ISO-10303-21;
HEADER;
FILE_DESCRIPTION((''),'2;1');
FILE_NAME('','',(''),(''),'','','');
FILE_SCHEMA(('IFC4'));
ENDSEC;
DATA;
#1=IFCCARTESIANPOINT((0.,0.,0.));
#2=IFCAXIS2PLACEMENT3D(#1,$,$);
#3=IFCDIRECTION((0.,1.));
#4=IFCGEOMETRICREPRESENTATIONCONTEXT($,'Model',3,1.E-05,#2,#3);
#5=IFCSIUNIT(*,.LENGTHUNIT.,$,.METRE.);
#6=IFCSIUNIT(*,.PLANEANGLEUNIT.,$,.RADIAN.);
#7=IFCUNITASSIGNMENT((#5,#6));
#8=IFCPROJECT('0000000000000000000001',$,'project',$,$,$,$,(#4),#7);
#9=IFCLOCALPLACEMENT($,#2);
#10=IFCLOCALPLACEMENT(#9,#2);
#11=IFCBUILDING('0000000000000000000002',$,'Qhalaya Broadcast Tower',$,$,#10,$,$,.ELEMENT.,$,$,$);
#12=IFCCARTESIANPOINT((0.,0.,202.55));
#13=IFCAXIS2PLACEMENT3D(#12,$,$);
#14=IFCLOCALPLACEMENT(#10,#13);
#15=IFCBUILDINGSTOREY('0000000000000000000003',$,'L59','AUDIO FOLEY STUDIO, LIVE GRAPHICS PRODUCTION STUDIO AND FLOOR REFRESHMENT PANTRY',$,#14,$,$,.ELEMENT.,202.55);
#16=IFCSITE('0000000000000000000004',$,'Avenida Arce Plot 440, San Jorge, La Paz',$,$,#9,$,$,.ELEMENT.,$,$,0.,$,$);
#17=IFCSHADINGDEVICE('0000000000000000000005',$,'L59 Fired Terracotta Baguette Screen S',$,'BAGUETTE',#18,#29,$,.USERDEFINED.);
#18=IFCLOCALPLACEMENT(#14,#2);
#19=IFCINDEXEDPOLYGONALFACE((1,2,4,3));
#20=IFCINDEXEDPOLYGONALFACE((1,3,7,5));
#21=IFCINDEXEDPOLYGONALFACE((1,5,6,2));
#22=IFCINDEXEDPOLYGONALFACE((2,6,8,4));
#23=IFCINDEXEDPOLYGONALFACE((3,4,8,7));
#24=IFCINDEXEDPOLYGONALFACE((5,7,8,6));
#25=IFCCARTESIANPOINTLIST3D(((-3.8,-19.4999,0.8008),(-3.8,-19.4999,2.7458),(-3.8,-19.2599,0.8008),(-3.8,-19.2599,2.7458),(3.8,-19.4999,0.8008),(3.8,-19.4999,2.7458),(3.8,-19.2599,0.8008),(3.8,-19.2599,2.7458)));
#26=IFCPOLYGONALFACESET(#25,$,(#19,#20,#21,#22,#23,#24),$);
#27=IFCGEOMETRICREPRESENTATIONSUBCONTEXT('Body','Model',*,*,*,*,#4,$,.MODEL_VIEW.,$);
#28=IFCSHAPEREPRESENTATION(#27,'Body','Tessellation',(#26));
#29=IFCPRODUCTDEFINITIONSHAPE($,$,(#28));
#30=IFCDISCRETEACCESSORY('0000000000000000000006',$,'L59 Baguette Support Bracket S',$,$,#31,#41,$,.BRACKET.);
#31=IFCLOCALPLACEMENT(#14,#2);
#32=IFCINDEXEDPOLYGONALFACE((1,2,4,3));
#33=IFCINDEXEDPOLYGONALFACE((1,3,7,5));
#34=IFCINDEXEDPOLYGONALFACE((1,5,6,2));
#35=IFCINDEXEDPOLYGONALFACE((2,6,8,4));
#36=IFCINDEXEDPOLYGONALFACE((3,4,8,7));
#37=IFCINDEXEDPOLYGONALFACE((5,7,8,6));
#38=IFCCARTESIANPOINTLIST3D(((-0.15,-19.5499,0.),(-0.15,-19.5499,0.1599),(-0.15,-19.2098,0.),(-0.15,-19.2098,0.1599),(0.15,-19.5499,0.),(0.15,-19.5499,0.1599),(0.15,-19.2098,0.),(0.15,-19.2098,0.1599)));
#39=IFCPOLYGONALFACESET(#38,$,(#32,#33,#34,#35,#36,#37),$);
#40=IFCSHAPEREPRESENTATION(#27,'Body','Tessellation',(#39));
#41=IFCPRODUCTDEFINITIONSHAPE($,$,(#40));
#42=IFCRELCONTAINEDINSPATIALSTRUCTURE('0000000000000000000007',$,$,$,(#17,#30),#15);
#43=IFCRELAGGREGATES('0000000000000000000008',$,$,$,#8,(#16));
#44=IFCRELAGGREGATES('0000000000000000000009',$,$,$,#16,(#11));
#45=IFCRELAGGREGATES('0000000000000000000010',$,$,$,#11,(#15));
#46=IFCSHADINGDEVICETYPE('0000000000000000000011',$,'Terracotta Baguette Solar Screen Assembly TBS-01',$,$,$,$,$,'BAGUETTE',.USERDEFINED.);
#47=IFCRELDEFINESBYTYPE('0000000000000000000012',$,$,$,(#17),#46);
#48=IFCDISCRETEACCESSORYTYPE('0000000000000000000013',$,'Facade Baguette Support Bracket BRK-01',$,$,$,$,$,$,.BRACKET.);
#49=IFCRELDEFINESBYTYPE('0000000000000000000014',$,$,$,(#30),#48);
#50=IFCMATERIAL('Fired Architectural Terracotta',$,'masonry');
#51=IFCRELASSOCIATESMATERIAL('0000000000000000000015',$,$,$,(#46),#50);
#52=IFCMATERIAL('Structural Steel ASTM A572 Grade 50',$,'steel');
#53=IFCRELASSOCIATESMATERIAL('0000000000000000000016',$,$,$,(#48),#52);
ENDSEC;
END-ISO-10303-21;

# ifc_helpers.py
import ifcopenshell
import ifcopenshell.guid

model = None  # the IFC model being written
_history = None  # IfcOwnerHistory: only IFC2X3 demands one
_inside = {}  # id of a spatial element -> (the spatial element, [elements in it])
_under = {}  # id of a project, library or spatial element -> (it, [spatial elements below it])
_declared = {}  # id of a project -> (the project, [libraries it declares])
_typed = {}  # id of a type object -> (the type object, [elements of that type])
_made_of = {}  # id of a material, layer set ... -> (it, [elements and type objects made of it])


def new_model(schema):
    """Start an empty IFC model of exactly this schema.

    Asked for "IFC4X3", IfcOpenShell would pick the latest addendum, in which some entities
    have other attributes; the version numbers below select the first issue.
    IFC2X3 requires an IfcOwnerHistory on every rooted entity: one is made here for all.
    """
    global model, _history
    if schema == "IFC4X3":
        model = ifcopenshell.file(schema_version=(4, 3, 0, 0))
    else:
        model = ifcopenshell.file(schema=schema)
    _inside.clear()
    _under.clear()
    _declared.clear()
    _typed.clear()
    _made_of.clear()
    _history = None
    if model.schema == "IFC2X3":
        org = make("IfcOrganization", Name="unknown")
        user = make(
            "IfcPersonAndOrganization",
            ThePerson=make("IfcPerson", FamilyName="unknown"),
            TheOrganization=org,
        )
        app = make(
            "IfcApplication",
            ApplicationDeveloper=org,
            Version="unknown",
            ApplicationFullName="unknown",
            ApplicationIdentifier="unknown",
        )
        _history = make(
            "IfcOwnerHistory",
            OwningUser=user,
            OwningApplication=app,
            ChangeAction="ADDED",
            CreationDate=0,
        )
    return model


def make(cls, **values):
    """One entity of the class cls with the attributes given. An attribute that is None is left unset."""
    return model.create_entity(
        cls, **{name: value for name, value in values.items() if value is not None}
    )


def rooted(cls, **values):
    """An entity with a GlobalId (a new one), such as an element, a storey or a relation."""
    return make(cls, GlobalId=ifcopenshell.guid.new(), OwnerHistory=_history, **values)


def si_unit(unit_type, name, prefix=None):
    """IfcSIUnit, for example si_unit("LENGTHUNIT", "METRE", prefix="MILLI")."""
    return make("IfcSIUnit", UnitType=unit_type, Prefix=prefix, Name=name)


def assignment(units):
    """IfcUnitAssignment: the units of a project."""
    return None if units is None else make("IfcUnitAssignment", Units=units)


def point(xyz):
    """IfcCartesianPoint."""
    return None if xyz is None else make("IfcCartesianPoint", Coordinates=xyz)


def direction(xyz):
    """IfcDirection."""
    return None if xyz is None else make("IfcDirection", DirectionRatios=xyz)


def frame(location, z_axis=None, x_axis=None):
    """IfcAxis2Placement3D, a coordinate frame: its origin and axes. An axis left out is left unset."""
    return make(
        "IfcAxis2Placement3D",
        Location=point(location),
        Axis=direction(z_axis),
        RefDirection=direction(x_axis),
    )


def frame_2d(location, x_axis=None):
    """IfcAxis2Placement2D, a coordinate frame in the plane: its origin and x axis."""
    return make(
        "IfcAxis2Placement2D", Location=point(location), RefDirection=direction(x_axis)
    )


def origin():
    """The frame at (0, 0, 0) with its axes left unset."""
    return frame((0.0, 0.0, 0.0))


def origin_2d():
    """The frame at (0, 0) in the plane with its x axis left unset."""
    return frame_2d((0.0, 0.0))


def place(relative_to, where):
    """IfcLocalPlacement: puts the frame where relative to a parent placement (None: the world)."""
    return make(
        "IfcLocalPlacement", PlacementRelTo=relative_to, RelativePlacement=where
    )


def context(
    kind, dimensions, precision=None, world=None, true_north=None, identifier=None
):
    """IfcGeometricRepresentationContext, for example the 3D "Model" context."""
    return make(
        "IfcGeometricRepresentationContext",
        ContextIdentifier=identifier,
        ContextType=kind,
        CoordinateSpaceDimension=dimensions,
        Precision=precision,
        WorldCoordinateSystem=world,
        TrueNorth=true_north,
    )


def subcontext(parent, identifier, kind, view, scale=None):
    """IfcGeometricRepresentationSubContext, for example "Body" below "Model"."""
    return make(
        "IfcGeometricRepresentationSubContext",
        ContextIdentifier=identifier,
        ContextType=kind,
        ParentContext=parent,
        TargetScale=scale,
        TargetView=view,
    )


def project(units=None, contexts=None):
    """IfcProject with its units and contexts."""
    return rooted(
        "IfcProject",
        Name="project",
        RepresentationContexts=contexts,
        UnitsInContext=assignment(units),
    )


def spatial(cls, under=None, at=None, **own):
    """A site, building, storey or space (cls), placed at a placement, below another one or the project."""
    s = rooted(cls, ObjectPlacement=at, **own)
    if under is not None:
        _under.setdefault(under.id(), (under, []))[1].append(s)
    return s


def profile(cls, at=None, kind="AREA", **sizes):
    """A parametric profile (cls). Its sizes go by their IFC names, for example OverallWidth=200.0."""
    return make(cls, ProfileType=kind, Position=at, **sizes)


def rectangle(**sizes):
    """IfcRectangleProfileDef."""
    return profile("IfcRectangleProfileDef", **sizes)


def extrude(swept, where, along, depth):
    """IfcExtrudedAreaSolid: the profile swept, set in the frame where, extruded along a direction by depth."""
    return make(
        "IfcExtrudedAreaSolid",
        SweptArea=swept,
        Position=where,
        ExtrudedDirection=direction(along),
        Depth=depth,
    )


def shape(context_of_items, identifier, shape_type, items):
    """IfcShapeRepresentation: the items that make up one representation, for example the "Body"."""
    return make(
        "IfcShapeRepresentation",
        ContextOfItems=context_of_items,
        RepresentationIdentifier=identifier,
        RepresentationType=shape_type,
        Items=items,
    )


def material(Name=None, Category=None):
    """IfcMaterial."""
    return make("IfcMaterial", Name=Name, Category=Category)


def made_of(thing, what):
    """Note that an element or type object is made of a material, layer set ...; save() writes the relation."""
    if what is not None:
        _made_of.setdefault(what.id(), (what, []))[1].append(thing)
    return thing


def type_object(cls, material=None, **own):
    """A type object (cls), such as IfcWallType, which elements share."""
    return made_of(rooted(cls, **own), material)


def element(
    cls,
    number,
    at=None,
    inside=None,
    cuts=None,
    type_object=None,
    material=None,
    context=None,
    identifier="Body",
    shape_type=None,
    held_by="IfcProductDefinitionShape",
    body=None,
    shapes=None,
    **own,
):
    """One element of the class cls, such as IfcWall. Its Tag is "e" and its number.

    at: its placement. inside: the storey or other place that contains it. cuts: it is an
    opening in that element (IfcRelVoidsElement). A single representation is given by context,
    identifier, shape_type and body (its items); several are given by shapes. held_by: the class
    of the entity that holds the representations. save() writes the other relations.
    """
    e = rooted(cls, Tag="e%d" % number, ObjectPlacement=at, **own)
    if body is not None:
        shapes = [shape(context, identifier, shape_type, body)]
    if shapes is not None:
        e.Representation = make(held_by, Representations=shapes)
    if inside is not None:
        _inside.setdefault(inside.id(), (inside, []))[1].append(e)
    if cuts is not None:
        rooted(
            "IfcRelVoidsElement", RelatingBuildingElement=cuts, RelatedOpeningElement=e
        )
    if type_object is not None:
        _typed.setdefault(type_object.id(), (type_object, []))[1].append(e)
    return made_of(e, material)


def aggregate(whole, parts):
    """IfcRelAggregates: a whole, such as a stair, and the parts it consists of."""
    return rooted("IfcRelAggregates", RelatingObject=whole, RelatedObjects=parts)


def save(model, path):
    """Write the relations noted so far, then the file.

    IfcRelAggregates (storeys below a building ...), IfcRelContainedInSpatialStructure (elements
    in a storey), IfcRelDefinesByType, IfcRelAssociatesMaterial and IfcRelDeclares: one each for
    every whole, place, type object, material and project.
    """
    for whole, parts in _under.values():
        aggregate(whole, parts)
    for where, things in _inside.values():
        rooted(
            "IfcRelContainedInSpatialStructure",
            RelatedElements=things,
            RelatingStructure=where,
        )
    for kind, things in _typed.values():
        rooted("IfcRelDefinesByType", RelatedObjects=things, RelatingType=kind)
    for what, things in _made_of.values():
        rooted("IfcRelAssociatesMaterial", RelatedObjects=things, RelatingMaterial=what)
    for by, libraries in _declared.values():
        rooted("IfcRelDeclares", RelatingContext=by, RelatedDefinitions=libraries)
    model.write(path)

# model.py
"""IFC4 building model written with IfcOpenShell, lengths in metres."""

from ifc_helpers import new_model, si_unit, direction, frame, origin, origin_2d, place, context, subcontext, project, spatial, rectangle, extrude, material, type_object, element, save


model = new_model("IFC4")

# Units and contexts
model_context = context("Model", 3, precision=1e-05, world=origin(), true_north=direction((0.0, 1.0)))
body_context = subcontext(model_context, "Body", "Model", "MODEL_VIEW")
ifc_project = project(units=[si_unit("LENGTHUNIT", "METRE"), si_unit("PLANEANGLEUNIT", "RADIAN")], contexts=[model_context])

# Site, building, storey
site_placement = place(None, origin())
site = spatial("IfcSite", under=ifc_project, at=site_placement, Name="Avenida Arce Plot 440, San Jorge, La Paz", CompositionType="ELEMENT", RefElevation=0.0)
building_placement = place(site_placement, origin())
building = spatial("IfcBuilding", under=site, at=building_placement, Name="Qhalaya Broadcast Tower", CompositionType="ELEMENT")
storey_placement = place(building_placement, frame((0.0, 0.0, 202.55)))
storey = spatial("IfcBuildingStorey", under=building, at=storey_placement, Name="L59", Description="AUDIO FOLEY STUDIO, LIVE GRAPHICS PRODUCTION STUDIO AND FLOOR REFRESHMENT PANTRY", CompositionType="ELEMENT", Elevation=202.55)

# Shared definitions
ifc_material_1 = material(Name="Structural Steel ASTM A572 Grade 50", Category="steel")

# Shading device
ifc_material_2 = material(Name="Fired Architectural Terracotta", Category="masonry")
shading_device_type = type_object("IfcShadingDeviceType", Name="Terracotta Baguette Solar Screen Assembly TBS-01", ElementType="BAGUETTE", PredefinedType="USERDEFINED", material=ifc_material_2)
shading_device_placement = place(storey_placement, frame((0.0, -19.3799, 0.8008), z_axis=(0.0, 0.0, 1.0), x_axis=(1.0, 0.0, 0.0)))
element("IfcShadingDevice", 1, at=shading_device_placement, inside=storey, type_object=shading_device_type, Name="L59 Fired Terracotta Baguette Screen S", ObjectType="BAGUETTE", PredefinedType="USERDEFINED", context=body_context, shape_type="SweptSolid", body=[
    extrude(rectangle(XDim=7.6001, YDim=0.24, at=origin_2d()), origin(), (0.0, 0.0, 1.0), 1.9451),
])

# Discrete accessory
discrete_accessory_type = type_object("IfcDiscreteAccessoryType", Name="Facade Baguette Support Bracket BRK-01", PredefinedType="BRACKET", material=ifc_material_1)
discrete_accessory_placement = place(storey_placement, frame((0.0, -19.3799, 0.0), z_axis=(0.0, 0.0, 1.0), x_axis=(1.0, 0.0, 0.0)))
element("IfcDiscreteAccessory", 2, at=discrete_accessory_placement, inside=storey, type_object=discrete_accessory_type, Name="L59 Baguette Support Bracket S", PredefinedType="BRACKET", context=body_context, shape_type="SweptSolid", body=[
    extrude(rectangle(XDim=0.3, YDim=0.3401, at=origin_2d()), origin(), (0.0, 0.0, 1.0), 0.1599),
])

save(model, "model.ifc")
